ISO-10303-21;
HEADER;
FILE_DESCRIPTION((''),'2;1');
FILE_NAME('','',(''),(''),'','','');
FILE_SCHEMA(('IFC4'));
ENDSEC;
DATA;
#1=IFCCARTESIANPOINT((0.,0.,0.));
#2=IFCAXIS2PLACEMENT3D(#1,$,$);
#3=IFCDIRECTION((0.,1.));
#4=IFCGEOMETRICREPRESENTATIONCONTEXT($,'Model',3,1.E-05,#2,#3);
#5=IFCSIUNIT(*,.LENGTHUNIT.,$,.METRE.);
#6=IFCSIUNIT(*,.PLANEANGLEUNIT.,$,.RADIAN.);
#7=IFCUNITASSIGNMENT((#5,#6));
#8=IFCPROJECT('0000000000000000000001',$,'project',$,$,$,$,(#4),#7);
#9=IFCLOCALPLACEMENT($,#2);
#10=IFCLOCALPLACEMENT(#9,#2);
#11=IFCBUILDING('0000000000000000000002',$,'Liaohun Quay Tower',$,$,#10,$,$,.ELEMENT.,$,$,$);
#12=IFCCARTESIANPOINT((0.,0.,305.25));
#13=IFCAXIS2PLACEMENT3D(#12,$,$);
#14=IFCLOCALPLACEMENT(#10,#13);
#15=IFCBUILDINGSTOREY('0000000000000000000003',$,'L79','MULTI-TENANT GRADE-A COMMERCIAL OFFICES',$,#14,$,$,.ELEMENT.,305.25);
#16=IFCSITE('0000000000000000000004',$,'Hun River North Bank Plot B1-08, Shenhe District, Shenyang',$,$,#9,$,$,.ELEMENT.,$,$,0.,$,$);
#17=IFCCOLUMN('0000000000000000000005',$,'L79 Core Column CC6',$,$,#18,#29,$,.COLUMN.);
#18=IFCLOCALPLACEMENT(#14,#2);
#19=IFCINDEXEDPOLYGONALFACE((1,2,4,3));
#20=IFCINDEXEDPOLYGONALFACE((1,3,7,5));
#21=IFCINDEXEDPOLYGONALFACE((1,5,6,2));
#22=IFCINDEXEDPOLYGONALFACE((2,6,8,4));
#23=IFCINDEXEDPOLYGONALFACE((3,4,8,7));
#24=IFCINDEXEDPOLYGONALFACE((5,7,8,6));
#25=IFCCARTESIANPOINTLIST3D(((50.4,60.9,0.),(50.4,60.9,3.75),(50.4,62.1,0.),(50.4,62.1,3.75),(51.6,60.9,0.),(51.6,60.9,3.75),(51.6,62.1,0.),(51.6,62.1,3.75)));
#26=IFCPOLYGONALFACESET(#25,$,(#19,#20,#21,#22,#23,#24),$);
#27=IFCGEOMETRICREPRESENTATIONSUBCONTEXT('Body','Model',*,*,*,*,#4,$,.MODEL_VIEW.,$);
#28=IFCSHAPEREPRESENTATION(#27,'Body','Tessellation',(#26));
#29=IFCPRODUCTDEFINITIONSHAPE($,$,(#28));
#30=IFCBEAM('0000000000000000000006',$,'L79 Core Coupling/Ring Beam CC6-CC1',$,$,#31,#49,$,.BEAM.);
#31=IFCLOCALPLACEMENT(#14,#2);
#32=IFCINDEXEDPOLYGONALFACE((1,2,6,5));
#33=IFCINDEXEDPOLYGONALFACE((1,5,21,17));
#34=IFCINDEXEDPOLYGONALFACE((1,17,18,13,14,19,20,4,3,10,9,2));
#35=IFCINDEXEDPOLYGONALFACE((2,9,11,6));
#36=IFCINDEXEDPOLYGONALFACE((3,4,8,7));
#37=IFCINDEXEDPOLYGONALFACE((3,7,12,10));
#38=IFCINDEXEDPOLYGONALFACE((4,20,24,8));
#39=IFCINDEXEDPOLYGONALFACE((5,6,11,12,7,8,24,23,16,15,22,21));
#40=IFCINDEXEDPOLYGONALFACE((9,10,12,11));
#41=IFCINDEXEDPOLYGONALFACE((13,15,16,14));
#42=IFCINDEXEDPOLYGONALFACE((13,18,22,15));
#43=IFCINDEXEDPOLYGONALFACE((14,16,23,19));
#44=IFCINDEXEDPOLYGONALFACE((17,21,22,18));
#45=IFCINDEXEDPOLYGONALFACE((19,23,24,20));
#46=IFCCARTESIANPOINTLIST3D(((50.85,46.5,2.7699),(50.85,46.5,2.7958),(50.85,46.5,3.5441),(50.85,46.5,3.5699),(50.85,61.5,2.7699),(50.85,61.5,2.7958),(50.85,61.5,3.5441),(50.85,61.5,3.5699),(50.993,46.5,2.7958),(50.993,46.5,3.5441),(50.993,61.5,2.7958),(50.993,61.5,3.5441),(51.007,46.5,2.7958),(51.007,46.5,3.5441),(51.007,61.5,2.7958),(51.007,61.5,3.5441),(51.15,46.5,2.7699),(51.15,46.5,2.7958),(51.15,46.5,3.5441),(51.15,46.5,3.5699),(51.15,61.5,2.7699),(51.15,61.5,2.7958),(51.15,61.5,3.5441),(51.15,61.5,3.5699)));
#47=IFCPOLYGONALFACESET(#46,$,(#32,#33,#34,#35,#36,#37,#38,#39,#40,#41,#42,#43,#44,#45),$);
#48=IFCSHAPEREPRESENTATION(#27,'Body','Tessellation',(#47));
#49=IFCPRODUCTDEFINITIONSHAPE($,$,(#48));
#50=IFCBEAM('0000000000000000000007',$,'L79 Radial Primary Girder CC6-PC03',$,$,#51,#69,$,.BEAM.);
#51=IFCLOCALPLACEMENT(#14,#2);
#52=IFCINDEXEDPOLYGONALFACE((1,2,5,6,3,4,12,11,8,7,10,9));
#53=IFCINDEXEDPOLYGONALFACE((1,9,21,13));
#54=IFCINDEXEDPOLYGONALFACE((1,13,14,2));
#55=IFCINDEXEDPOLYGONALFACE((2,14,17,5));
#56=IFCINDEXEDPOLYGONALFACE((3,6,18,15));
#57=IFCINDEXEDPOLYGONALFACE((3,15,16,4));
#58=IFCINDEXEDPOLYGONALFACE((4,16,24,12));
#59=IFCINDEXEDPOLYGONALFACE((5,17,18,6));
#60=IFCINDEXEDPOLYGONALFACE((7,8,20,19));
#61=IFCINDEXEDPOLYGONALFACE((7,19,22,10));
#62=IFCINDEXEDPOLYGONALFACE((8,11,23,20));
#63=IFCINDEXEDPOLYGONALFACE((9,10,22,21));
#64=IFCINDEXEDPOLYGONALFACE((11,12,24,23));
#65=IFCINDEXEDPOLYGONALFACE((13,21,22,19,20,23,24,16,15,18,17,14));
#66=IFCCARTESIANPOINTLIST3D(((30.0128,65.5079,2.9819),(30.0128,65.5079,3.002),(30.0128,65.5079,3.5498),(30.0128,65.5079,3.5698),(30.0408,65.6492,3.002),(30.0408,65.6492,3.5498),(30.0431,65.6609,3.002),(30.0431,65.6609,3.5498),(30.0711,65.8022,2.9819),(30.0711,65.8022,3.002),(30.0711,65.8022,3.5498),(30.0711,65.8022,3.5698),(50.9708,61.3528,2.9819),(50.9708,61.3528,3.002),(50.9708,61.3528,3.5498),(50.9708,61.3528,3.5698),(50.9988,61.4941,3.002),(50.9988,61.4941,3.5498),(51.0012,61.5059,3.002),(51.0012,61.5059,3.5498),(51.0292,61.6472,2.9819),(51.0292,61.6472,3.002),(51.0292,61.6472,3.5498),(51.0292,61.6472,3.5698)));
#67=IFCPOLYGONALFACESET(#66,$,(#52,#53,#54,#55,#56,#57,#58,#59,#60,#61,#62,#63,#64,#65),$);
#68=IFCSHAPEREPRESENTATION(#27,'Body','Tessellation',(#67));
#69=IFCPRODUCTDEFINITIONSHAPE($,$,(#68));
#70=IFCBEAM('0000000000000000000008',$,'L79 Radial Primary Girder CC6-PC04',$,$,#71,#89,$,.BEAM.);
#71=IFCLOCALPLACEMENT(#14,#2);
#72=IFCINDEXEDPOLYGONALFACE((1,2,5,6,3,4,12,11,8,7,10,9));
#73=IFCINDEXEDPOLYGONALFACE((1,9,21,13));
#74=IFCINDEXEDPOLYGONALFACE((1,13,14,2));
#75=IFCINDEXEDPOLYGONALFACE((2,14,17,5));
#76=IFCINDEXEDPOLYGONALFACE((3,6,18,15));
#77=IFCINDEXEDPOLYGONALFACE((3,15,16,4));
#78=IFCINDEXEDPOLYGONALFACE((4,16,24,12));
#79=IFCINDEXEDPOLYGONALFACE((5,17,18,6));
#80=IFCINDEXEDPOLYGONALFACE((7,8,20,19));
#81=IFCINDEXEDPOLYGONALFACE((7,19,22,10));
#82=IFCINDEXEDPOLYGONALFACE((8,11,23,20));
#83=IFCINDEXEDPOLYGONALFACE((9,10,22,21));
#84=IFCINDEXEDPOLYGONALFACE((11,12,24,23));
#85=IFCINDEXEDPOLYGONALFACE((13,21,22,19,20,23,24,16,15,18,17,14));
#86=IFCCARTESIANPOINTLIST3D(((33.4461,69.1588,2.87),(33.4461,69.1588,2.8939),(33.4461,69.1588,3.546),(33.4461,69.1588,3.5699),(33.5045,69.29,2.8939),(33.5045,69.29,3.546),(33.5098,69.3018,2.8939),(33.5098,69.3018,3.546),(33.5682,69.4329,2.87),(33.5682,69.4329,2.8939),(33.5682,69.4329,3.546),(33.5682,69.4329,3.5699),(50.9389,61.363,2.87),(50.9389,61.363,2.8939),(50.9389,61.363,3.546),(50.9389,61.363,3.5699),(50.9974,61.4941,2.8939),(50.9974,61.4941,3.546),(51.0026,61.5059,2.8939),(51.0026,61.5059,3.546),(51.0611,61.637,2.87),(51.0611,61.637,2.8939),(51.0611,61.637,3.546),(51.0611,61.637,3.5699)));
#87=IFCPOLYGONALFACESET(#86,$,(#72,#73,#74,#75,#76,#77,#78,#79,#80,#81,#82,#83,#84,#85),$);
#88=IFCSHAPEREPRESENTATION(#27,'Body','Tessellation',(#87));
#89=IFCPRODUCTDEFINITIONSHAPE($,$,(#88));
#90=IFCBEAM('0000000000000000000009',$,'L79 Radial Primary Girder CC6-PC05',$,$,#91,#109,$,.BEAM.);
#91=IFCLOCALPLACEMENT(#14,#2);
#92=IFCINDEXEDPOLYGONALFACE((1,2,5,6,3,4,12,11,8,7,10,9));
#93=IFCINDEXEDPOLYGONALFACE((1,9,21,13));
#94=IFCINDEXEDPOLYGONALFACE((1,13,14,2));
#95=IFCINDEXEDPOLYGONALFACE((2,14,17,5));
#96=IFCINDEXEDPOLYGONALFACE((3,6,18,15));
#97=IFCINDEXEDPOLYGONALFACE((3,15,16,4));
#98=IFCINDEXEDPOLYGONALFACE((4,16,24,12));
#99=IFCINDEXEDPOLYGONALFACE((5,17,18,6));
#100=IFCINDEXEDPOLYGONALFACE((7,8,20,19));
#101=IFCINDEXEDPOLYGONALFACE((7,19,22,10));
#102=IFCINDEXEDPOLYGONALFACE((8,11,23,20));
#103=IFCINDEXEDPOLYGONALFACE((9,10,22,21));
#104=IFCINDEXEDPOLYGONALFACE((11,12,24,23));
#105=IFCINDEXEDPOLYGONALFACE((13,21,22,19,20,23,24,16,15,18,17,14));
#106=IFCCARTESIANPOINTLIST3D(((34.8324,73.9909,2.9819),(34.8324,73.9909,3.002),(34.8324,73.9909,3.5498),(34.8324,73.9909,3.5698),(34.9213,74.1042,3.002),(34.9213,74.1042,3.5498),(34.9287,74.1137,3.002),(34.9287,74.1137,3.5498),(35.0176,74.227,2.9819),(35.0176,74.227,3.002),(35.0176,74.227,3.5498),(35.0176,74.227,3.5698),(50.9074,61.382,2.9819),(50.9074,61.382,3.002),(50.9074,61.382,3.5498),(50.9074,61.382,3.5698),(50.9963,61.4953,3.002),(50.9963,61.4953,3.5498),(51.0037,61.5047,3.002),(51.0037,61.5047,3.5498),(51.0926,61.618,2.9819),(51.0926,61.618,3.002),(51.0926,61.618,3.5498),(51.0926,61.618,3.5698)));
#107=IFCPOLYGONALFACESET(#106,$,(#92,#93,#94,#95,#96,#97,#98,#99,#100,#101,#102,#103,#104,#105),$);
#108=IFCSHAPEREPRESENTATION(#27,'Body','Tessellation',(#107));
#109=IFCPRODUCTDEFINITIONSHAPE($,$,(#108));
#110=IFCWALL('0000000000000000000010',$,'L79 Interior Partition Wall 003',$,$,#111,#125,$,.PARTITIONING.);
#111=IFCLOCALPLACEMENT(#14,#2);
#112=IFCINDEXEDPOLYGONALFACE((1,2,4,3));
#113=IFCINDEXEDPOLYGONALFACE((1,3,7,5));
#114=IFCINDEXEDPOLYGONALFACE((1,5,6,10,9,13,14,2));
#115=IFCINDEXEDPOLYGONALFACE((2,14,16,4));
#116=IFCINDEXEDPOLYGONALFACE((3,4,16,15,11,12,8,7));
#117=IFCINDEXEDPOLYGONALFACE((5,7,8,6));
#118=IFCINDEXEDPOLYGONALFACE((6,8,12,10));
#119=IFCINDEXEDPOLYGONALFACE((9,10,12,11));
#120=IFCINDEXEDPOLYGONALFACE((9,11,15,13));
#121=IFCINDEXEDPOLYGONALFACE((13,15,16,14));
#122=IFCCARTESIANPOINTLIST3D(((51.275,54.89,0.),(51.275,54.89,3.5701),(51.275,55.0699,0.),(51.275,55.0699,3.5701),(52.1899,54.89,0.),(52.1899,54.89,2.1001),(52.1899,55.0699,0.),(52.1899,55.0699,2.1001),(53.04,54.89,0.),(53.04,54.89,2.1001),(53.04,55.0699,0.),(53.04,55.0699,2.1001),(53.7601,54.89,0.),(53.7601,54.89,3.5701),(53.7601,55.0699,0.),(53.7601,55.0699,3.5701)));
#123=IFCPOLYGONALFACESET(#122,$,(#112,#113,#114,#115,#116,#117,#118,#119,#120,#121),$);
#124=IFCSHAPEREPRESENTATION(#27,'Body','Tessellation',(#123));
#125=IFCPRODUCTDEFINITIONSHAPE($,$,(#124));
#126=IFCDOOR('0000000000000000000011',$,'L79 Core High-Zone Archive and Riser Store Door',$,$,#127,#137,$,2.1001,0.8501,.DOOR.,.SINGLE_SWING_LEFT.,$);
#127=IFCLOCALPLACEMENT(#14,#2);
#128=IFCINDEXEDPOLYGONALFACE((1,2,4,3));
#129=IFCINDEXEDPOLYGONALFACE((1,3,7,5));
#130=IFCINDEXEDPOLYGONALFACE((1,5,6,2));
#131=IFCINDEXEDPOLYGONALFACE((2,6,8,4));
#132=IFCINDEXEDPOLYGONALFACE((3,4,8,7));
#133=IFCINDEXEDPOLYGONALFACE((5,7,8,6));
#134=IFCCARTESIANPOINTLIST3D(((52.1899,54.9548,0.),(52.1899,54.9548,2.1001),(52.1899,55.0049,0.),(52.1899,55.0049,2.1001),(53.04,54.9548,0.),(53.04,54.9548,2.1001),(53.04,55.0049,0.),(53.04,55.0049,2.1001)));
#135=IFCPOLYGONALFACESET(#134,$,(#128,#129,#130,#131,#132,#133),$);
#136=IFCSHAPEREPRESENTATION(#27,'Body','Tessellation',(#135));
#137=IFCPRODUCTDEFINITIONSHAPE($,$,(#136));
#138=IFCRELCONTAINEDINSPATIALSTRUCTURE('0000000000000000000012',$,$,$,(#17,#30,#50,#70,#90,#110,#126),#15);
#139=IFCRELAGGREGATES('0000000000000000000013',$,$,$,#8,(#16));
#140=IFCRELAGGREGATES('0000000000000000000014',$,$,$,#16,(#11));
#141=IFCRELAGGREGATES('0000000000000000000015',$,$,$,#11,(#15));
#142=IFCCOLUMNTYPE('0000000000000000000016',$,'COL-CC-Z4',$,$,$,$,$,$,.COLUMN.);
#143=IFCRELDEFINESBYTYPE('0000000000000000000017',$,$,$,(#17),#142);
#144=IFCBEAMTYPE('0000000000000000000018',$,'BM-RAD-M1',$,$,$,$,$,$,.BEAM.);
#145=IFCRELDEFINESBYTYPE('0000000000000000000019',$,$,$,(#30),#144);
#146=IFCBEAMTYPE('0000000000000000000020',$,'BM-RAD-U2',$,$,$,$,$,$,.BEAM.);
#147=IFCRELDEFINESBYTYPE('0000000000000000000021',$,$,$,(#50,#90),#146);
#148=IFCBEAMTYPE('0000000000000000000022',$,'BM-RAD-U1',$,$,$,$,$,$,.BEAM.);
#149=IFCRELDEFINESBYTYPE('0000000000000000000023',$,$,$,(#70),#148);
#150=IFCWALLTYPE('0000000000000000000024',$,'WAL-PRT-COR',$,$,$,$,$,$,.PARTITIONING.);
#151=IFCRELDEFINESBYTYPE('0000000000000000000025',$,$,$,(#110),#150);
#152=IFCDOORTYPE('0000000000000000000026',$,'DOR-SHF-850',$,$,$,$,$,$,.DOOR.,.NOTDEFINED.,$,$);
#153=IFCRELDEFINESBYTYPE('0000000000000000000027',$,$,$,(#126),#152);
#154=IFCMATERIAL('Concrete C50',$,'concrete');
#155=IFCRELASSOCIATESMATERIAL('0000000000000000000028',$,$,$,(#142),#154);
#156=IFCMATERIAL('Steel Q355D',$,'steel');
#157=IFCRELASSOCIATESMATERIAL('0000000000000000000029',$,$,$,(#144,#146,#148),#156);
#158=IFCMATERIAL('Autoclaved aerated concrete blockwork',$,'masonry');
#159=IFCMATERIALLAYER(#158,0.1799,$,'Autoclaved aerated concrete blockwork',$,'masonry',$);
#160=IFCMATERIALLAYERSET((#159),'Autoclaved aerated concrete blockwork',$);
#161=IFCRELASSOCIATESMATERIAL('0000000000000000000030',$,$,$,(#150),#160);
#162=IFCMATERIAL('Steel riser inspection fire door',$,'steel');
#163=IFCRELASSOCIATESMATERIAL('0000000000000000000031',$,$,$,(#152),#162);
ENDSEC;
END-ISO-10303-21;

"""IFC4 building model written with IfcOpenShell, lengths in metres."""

from ifc_helpers import new_model, si_unit, direction, frame, frame_2d, origin, origin_2d, place, context, subcontext, project, spatial, rectangle, i_section, extrude, source, transform, mapped, material, layer, layer_set, material_profile, profile_set, type_object, element, fill, save


model = new_model("IFC4")

# Units and contexts
model_context = context("Model", 3, precision=1e-05, world=origin(), true_north=direction((0.0, 1.0)))
body_context = subcontext(model_context, "Body", "Model", "MODEL_VIEW")
ifc_project = project(units=[si_unit("LENGTHUNIT", "METRE"), si_unit("PLANEANGLEUNIT", "RADIAN")], contexts=[model_context])

# Site, building, storey
site_placement = place(None, origin())
site = spatial("IfcSite", under=ifc_project, at=site_placement, Name="Hun River North Bank Plot B1-08, Shenhe District, Shenyang", CompositionType="ELEMENT", RefElevation=0.0)
building_placement = place(site_placement, origin())
building = spatial("IfcBuilding", under=site, at=building_placement, Name="Liaohun Quay Tower", CompositionType="ELEMENT")
storey_placement = place(building_placement, frame((0.0, 0.0, 305.25)))
storey = spatial("IfcBuildingStorey", under=building, at=storey_placement, Name="L79", Description="MULTI-TENANT GRADE-A COMMERCIAL OFFICES", CompositionType="ELEMENT", Elevation=305.25)

# Column
ifc_material_1 = material(Name="Concrete C50", Category="concrete")
ifc_material_profile_1 = material_profile(ifc_material_1, rectangle(XDim=1.2, YDim=1.2, at=origin_2d()), Name="RC1200x1200")
ifc_profile_set_1 = profile_set([ifc_material_profile_1], Name="Concrete C50")
column_type = type_object("IfcColumnType", Name="COL-CC-Z4", PredefinedType="COLUMN", material=ifc_profile_set_1)
shared_shape_1 = source(origin(), body_context, "Body", "SweptSolid", [
    extrude(rectangle(XDim=1.2, YDim=1.2, at=origin_2d()), origin(), (0.0, 0.0, 1.0), 3.75),
])
column_placement = place(storey_placement, frame((51.0, 61.5, 0.0), z_axis=(0.0, 0.0, 1.0), x_axis=(1.0, 0.0, 0.0)))
element("IfcColumn", 1, at=column_placement, inside=storey, type_object=column_type, Name="L79 Core Column CC6", PredefinedType="COLUMN", context=body_context, shape_type="MappedRepresentation", body=[
    mapped(shared_shape_1, transform((0.0, 0.0, 0.0), x_axis=(1.0, 0.0, 0.0), y_axis=(0.0, 1.0, 0.0), z_axis=(0.0, 0.0, 1.0), scale=1.0)),
])

# Beams
ifc_material_2 = material(Name="Steel Q355D", Category="steel")
ifc_material_profile_2 = material_profile(ifc_material_2, i_section(OverallWidth=0.3, OverallDepth=0.8, WebThickness=0.0139, FlangeThickness=0.0259, at=origin_2d()), Name="HN800x300x14x26")
ifc_profile_set_2 = profile_set([ifc_material_profile_2], Name="Steel Q355D")
beam_type_1 = type_object("IfcBeamType", Name="BM-RAD-M1", PredefinedType="BEAM", material=ifc_profile_set_2)
shared_shape_2 = source(origin(), body_context, "Body", "SweptSolid", [
    extrude(i_section(OverallWidth=0.3, OverallDepth=0.8, WebThickness=0.0139, FlangeThickness=0.0259, at=origin_2d()), origin(), (0.0, 0.0, 1.0), 15.0),
])
beam_1_placement = place(storey_placement, frame((51.0, 61.5, 3.1699), z_axis=(0.0, -1.0, 0.0), x_axis=(1.0, 0.0, 0.0)))
element("IfcBeam", 2, at=beam_1_placement, inside=storey, type_object=beam_type_1, Name="L79 Core Coupling/Ring Beam CC6-CC1", PredefinedType="BEAM", context=body_context, shape_type="MappedRepresentation", body=[
    mapped(shared_shape_2, transform((0.0, 0.0, 0.0), x_axis=(1.0, 0.0, 0.0), y_axis=(0.0, 1.0, 0.0), z_axis=(0.0, 0.0, 1.0), scale=1.0)),
])
ifc_material_profile_3 = material_profile(ifc_material_2, i_section(OverallWidth=0.3, OverallDepth=0.5879, WebThickness=0.012, FlangeThickness=0.02, at=origin_2d()), Name="HM588x300x12x20")
ifc_profile_set_3 = profile_set([ifc_material_profile_3], Name="Steel Q355D")
beam_type_2 = type_object("IfcBeamType", Name="BM-RAD-U2", PredefinedType="BEAM", material=ifc_profile_set_3)
shared_shape_3 = source(origin(), body_context, "Body", "SweptSolid", [
    extrude(i_section(OverallWidth=0.3, OverallDepth=0.5879, WebThickness=0.012, FlangeThickness=0.02, at=origin_2d()), origin(), (0.0, 0.0, 1.0), 21.366),
])
beam_2_placement = place(storey_placement, frame((51.0, 61.5, 3.2759), z_axis=(-0.980908, 0.19447, 0.0), x_axis=(-0.19447, -0.980908, 0.0)))
element("IfcBeam", 3, at=beam_2_placement, inside=storey, type_object=beam_type_2, Name="L79 Radial Primary Girder CC6-PC03", PredefinedType="BEAM", context=body_context, shape_type="MappedRepresentation", body=[
    mapped(shared_shape_3, transform((0.0, 0.0, 0.0), x_axis=(1.0, 0.0, 0.0), y_axis=(0.0, 1.0, 0.0), z_axis=(0.0, 0.0, 1.0), scale=1.0)),
])
ifc_material_profile_4 = material_profile(ifc_material_2, i_section(OverallWidth=0.3, OverallDepth=0.7, WebThickness=0.0129, FlangeThickness=0.0239, at=origin_2d()), Name="HN700x300x13x24")
ifc_profile_set_4 = profile_set([ifc_material_profile_4], Name="Steel Q355D")
beam_type_3 = type_object("IfcBeamType", Name="BM-RAD-U1", PredefinedType="BEAM", material=ifc_profile_set_4)
shared_shape_4 = source(origin(), body_context, "Body", "SweptSolid", [
    extrude(i_section(OverallWidth=0.3, OverallDepth=0.7, WebThickness=0.0129, FlangeThickness=0.0239, at=origin_2d()), origin(), (0.0, 0.0, 1.0), 19.1514),
])
beam_3_placement = place(storey_placement, frame((51.0, 61.5, 3.22), z_axis=(-0.913399, 0.407066, 0.0), x_axis=(-0.407066, -0.913399, 0.0)))
element("IfcBeam", 4, at=beam_3_placement, inside=storey, type_object=beam_type_3, Name="L79 Radial Primary Girder CC6-PC04", PredefinedType="BEAM", context=body_context, shape_type="MappedRepresentation", body=[
    mapped(shared_shape_4, transform((0.0, 0.0, 0.0), x_axis=(1.0, 0.0, 0.0), y_axis=(0.0, 1.0, 0.0), z_axis=(0.0, 0.0, 1.0), scale=1.0)),
])
shared_shape_5 = source(origin(), body_context, "Body", "SweptSolid", [
    extrude(i_section(OverallWidth=0.3, OverallDepth=0.5879, WebThickness=0.012, FlangeThickness=0.02, at=origin_2d()), origin(), (0.0, 0.0, 1.0), 20.4302),
])
beam_4_placement = place(storey_placement, frame((51.0, 61.5, 3.2759), z_axis=(-0.786828, 0.617173, 0.0), x_axis=(-0.617173, -0.786828, 0.0)))
element("IfcBeam", 5, at=beam_4_placement, inside=storey, type_object=beam_type_2, Name="L79 Radial Primary Girder CC6-PC05", PredefinedType="BEAM", context=body_context, shape_type="MappedRepresentation", body=[
    mapped(shared_shape_5, transform((0.0, 0.0, 0.0), x_axis=(1.0, 0.0, 0.0), y_axis=(0.0, 1.0, 0.0), z_axis=(0.0, 0.0, 1.0), scale=1.0)),
])

# Wall, opening, door
ifc_material_3 = material(Name="Autoclaved aerated concrete blockwork", Category="masonry")
ifc_layer_1 = layer(ifc_material_3, 0.1799, Name="Autoclaved aerated concrete blockwork", Category="masonry")
ifc_layer_set_1 = layer_set([ifc_layer_1], Name="Autoclaved aerated concrete blockwork")
wall_type_1 = type_object("IfcWallType", Name="WAL-PRT-COR", PredefinedType="PARTITIONING", material=ifc_layer_set_1)
wall_1_placement = place(storey_placement, frame((51.2749, 54.98, 0.0), z_axis=(0.0, 0.0, 1.0), x_axis=(1.0, 0.0, 0.0)))
wall_1 = element("IfcWall", 6, at=wall_1_placement, inside=storey, type_object=wall_type_1, Name="L79 Interior Partition Wall 003", PredefinedType="PARTITIONING", context=body_context, shape_type="SweptSolid", body=[
    extrude(rectangle(XDim=2.4851, YDim=0.1799, at=frame_2d((1.2427, 0.0))), origin(), (0.0, 0.0, 1.0), 3.5701),
])
shared_shape_6 = source(origin(), body_context, "Body", "SweptSolid", [
    extrude(rectangle(XDim=0.8501, YDim=2.1001, at=frame_2d((0.425, 1.05))), frame((0.0, 0.0999, 0.0), z_axis=(0.0, -1.0, 0.0), x_axis=(1.0, 0.0, 0.0)), (0.0, 0.0, 1.0), 0.2),
])
opening_1_placement = place(wall_1_placement, frame((0.915, 0.0, 0.0)))
opening_1 = element("IfcOpeningElement", 7, at=opening_1_placement, cuts=wall_1, PredefinedType="OPENING", context=body_context, shape_type="MappedRepresentation", body=[
    mapped(shared_shape_6, transform((0.0, 0.0, 0.0), x_axis=(1.0, 0.0, 0.0), y_axis=(0.0, 1.0, 0.0), z_axis=(0.0, 0.0, 1.0), scale=1.0)),
])
ifc_material_4 = material(Name="Steel riser inspection fire door", Category="steel")
door_type_1 = type_object("IfcDoorType", Name="DOR-SHF-850", OperationType="NOTDEFINED", PredefinedType="DOOR", material=ifc_material_4)
shared_shape_7 = source(origin(), body_context, "Body", "SweptSolid", [
    extrude(rectangle(XDim=0.8501, YDim=2.1001, at=frame_2d((0.425, 1.05))), frame((0.0, 0.0249, 0.0), z_axis=(0.0, -1.0, 0.0), x_axis=(1.0, 0.0, 0.0)), (0.0, 0.0, 1.0), 0.05),
])
door_1_placement = place(opening_1_placement, origin())
door_1 = element("IfcDoor", 8, at=door_1_placement, inside=storey, type_object=door_type_1, Name="L79 Core High-Zone Archive and Riser Store Door", OperationType="SINGLE_SWING_LEFT", OverallHeight=2.1001, OverallWidth=0.8501, PredefinedType="DOOR", context=body_context, shape_type="MappedRepresentation", body=[
    mapped(shared_shape_7, transform((0.0, 0.0, 0.0), x_axis=(1.0, 0.0, 0.0), y_axis=(0.0, 1.0, 0.0), z_axis=(0.0, 0.0, 1.0), scale=1.0)),
])
fill(opening_1, door_1)

save(model, "model.ifc")
